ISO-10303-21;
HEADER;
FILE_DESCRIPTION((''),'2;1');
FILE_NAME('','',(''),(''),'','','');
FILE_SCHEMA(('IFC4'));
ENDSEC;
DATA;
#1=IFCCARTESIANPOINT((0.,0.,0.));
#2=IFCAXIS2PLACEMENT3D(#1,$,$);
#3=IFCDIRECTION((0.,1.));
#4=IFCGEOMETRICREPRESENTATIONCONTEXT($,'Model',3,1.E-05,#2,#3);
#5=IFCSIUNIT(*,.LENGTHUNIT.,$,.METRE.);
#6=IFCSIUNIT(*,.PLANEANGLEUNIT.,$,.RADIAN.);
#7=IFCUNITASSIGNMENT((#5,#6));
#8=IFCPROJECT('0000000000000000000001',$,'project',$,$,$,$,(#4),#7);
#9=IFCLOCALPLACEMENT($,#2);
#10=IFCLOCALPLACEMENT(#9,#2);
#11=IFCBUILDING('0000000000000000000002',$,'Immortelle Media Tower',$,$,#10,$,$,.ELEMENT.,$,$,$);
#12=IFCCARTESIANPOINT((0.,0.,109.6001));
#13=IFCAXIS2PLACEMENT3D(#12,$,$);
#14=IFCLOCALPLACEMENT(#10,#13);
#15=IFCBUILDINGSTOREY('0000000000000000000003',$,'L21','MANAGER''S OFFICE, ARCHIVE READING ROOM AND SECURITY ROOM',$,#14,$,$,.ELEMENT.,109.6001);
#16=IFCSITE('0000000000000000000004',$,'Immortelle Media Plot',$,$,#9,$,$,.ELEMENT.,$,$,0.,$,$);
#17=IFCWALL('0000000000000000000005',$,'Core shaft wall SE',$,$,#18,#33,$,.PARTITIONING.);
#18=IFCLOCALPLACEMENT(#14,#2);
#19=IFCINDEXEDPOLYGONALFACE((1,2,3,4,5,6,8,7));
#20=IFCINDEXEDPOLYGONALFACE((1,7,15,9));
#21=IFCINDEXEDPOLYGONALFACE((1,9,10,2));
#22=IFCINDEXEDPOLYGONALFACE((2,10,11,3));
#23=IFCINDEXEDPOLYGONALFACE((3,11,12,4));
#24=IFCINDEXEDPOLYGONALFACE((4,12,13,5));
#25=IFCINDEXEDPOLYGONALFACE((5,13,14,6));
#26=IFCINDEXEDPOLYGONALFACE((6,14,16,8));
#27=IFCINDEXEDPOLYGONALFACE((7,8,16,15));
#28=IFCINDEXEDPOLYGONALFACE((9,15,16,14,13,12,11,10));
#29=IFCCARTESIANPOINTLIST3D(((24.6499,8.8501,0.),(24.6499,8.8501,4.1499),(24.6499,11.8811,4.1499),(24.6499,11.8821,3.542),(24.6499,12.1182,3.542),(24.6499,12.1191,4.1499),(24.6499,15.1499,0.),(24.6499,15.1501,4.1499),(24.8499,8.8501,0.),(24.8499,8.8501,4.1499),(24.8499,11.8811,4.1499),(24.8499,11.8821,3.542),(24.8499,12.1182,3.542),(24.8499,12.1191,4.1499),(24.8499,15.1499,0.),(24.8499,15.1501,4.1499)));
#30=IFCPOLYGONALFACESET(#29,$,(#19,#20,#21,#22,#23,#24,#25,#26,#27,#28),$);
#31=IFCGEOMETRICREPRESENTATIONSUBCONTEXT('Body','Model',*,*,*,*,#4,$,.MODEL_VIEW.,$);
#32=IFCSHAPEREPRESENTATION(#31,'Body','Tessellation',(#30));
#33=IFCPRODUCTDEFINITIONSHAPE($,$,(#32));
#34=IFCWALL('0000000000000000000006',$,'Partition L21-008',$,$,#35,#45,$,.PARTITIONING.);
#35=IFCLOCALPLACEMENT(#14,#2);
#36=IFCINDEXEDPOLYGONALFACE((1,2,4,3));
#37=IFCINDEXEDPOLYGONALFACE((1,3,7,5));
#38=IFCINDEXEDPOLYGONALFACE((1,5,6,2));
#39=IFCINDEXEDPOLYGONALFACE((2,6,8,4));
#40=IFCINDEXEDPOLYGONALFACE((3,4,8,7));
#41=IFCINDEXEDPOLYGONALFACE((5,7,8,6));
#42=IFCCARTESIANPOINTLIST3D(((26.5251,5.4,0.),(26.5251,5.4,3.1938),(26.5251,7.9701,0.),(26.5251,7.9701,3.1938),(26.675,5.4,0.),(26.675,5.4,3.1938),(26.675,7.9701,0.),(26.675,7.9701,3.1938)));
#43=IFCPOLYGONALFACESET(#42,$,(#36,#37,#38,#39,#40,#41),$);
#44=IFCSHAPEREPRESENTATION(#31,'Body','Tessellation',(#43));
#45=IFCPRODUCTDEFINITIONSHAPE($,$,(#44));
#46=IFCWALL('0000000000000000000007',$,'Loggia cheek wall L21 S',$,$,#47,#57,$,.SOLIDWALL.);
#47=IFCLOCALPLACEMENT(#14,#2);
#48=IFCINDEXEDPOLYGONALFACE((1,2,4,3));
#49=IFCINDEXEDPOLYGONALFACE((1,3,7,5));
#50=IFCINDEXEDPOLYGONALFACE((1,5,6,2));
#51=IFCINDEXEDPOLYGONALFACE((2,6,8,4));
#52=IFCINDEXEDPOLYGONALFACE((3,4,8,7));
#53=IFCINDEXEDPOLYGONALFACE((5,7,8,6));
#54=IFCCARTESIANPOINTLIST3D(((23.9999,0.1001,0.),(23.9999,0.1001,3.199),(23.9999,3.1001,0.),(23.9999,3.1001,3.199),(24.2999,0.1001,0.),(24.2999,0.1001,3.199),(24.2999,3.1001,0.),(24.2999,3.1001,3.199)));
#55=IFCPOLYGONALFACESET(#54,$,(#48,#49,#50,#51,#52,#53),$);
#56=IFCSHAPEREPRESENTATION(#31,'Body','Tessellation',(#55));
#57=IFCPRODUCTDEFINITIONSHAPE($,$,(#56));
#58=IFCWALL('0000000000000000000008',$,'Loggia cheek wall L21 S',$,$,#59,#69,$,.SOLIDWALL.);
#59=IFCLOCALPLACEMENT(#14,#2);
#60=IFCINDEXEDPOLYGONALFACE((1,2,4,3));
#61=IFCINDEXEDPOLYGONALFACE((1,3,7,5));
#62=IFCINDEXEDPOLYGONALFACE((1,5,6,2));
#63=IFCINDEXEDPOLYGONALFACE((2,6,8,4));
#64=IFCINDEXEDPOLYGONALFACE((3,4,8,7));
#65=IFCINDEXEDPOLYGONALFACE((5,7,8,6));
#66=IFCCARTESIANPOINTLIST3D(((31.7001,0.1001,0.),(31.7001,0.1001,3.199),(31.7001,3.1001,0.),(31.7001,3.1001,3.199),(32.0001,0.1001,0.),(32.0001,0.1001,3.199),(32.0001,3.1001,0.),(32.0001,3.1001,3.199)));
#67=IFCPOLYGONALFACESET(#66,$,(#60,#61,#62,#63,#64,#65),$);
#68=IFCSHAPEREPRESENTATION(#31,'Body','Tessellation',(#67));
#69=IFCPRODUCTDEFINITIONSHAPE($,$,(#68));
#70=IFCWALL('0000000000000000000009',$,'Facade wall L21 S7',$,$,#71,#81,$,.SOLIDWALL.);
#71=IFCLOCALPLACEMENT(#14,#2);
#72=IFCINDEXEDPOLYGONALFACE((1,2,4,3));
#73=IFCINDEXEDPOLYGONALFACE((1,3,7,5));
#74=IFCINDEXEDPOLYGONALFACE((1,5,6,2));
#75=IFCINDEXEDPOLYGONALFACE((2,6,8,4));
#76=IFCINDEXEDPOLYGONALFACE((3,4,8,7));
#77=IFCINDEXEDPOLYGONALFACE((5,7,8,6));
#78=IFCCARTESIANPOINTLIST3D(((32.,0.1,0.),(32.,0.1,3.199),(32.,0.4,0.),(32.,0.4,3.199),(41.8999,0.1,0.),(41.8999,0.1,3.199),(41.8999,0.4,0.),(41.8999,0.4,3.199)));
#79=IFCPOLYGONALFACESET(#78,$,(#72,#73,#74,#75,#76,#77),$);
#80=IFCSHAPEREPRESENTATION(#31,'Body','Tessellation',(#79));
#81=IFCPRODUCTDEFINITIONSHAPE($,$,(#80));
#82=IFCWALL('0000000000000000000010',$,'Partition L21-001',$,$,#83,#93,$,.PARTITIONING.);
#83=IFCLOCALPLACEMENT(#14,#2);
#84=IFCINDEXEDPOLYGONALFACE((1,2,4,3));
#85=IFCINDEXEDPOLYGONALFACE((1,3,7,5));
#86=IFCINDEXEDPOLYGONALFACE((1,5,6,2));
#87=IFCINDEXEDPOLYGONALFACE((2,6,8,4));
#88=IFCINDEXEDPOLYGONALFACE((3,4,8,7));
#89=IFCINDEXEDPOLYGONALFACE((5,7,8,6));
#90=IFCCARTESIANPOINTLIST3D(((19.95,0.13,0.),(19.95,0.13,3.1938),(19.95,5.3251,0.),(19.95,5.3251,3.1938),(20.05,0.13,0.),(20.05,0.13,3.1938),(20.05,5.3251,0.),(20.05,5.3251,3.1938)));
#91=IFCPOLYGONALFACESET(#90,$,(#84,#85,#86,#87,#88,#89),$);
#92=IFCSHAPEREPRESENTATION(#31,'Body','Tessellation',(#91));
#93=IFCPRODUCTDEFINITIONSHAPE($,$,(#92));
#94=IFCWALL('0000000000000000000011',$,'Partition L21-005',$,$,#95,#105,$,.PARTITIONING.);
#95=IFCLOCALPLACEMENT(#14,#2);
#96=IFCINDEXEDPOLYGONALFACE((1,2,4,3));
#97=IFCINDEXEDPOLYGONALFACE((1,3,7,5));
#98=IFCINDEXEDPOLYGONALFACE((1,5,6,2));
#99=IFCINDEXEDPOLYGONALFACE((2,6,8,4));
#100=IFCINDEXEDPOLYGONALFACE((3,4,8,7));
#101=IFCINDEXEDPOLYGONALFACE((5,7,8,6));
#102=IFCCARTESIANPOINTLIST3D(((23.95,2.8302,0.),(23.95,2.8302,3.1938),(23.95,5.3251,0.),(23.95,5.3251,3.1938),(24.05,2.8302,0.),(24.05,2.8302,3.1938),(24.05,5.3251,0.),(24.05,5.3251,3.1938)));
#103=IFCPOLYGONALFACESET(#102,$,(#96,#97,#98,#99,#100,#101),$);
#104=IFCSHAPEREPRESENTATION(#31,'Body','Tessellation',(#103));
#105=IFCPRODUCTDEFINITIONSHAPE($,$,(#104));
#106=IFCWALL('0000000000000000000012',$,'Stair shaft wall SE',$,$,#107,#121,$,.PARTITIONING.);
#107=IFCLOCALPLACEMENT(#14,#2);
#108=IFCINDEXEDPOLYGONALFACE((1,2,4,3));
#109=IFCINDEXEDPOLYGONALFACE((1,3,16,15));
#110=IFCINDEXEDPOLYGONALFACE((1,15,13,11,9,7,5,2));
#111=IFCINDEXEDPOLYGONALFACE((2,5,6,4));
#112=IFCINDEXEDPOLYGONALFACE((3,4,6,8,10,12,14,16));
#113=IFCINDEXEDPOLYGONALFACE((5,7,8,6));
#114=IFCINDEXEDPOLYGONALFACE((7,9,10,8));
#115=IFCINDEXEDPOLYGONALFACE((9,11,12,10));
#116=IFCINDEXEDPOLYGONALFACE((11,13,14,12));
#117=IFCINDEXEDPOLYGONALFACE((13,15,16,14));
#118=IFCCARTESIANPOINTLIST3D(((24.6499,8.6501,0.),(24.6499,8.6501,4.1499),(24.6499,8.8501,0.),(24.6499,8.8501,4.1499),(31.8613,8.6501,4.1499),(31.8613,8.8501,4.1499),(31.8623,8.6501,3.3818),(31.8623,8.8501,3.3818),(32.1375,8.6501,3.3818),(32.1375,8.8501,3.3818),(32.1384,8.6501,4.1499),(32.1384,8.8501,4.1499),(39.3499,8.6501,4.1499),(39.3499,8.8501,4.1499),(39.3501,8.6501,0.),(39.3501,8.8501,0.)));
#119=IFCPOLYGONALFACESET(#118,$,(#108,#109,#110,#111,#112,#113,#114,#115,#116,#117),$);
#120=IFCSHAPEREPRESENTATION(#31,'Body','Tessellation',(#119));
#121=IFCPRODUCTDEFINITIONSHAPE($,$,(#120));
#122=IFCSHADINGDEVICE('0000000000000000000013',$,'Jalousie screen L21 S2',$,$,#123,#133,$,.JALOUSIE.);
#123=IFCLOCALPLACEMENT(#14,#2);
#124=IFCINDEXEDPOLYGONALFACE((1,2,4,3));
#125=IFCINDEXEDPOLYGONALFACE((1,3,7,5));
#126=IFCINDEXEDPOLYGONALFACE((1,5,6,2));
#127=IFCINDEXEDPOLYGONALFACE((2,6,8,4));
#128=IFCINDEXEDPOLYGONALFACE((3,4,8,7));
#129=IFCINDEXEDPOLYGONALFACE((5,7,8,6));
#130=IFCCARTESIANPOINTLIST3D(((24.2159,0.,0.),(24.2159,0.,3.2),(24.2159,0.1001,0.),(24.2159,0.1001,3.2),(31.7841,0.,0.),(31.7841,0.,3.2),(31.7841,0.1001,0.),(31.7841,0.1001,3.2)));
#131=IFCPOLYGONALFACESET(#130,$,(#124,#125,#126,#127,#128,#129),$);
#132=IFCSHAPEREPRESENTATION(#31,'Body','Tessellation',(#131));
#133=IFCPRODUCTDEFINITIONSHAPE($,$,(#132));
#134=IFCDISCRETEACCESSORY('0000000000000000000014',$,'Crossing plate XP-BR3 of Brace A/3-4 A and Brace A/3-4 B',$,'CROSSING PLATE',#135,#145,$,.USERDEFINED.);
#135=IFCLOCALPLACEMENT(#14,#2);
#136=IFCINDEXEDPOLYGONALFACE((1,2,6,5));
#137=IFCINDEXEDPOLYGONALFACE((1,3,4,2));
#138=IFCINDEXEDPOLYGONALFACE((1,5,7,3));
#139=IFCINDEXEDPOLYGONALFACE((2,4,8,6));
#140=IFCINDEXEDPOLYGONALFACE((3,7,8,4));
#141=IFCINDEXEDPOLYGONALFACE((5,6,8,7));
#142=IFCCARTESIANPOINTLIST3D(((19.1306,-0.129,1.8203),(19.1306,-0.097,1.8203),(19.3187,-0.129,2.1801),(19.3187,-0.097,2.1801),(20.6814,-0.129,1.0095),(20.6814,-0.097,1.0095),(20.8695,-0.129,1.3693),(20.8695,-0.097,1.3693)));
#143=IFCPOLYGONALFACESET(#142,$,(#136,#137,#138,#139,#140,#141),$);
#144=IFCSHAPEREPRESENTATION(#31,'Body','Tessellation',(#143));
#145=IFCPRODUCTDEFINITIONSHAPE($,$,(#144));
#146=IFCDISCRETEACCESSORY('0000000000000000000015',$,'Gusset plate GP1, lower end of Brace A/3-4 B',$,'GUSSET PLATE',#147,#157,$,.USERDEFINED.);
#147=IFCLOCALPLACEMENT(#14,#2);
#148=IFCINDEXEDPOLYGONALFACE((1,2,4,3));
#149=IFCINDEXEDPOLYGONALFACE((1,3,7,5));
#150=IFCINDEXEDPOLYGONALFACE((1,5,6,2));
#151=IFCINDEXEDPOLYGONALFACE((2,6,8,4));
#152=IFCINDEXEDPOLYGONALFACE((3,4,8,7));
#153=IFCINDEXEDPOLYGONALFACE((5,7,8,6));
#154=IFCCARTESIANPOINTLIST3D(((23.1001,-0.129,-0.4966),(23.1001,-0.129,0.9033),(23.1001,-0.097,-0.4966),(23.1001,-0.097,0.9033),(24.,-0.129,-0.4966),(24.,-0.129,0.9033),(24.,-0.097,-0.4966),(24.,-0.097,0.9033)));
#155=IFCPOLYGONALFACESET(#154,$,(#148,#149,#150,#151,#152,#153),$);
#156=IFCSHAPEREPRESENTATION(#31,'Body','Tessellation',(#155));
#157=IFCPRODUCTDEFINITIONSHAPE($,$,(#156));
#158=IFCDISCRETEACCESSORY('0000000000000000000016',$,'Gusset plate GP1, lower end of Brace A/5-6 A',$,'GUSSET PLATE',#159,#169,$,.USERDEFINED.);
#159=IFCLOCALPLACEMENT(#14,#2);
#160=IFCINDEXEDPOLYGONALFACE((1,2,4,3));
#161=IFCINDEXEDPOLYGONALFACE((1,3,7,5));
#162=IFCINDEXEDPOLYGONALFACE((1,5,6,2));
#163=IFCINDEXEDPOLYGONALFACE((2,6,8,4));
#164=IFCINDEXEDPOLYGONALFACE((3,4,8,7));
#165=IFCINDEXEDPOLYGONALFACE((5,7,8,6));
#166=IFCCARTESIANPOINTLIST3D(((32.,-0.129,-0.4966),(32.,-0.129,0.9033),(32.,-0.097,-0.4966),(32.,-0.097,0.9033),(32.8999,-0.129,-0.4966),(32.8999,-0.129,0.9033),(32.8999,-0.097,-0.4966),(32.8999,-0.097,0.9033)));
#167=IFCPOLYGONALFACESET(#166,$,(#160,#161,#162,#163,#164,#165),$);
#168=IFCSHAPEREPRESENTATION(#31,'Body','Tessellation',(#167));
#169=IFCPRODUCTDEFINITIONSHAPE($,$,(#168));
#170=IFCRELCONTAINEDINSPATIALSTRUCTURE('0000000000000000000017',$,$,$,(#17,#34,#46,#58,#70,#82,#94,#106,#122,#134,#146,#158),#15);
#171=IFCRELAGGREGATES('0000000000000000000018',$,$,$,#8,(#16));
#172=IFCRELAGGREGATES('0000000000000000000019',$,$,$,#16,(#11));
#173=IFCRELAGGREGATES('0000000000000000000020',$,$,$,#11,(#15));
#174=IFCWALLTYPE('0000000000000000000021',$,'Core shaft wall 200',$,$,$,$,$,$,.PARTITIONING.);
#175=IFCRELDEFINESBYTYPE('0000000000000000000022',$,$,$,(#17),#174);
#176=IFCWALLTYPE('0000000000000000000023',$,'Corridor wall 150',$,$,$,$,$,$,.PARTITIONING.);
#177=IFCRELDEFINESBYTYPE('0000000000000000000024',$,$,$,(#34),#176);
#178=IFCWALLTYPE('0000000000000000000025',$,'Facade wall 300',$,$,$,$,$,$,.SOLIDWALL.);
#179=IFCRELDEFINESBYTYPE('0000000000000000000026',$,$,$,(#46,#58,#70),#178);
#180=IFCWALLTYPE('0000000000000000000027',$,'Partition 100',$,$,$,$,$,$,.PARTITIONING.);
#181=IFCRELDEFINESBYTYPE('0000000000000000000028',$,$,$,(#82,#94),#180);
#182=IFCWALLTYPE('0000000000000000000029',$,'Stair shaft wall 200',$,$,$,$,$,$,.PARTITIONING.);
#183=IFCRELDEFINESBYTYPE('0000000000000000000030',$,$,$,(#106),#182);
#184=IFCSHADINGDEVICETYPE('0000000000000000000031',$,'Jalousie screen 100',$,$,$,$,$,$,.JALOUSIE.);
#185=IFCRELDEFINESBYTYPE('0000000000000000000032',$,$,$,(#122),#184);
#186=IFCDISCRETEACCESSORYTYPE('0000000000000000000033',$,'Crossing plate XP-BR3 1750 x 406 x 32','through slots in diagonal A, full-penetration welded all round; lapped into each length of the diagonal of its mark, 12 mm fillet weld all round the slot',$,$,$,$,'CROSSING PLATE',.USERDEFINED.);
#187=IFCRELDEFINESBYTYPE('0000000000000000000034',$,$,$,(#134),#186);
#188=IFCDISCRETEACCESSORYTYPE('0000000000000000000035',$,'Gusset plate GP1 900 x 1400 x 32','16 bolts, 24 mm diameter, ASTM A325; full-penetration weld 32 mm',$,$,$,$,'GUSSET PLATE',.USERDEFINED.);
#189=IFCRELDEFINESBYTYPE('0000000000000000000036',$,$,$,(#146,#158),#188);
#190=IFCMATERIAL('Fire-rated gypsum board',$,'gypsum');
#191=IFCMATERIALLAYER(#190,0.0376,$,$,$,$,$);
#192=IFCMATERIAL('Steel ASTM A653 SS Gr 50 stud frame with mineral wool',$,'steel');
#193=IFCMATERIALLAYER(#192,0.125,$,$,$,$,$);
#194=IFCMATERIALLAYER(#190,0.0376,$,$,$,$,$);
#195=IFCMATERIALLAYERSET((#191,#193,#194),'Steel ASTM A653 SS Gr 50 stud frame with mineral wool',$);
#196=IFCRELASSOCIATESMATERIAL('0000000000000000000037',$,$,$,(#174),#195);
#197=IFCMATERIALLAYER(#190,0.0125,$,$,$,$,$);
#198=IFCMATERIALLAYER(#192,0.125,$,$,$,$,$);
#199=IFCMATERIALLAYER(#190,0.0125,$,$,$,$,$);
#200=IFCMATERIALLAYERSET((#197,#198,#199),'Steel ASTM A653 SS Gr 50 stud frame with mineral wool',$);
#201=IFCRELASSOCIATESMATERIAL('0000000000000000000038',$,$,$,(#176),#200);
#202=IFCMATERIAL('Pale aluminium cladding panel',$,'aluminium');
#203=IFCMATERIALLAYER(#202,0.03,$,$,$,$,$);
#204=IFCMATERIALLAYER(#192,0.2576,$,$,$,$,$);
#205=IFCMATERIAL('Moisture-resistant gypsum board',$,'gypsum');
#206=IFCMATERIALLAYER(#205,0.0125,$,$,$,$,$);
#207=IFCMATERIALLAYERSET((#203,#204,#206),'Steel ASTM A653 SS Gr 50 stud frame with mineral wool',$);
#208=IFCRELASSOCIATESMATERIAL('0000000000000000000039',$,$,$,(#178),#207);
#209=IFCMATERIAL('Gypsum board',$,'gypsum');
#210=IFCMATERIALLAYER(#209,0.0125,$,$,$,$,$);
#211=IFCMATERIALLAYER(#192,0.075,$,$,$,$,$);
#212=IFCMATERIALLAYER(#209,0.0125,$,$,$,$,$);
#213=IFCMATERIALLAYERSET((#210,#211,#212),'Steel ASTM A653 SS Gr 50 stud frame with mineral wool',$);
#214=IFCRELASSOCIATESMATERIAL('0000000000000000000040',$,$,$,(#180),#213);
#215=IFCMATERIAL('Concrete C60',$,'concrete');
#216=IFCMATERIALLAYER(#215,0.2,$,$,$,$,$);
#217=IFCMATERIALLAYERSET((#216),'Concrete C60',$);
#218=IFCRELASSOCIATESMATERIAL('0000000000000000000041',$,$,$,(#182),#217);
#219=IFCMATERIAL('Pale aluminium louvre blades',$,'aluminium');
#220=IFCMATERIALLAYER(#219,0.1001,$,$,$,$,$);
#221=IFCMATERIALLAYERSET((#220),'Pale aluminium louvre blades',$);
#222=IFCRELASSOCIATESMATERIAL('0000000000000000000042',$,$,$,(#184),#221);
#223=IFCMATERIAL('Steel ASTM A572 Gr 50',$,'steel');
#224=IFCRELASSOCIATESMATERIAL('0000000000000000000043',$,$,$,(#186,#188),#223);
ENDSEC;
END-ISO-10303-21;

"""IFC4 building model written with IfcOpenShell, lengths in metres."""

from ifc_helpers import new_model, si_unit, direction, frame, frame_2d, origin, origin_2d, place, context, subcontext, project, spatial, polyline, rectangle, outline, extrude, material, layer, layer_set, material_profile, profile_set, type_object, element, save


model = new_model("IFC4")

# Units and contexts
model_context = context("Model", 3, precision=1e-05, world=origin(), true_north=direction((0.0, 1.0)))
body_context = subcontext(model_context, "Body", "Model", "MODEL_VIEW")
ifc_project = project(units=[si_unit("LENGTHUNIT", "METRE"), si_unit("PLANEANGLEUNIT", "RADIAN")], contexts=[model_context])

# Site, building, storey
site_placement = place(None, origin())
site = spatial("IfcSite", under=ifc_project, at=site_placement, Name="Immortelle Media Plot", CompositionType="ELEMENT", RefElevation=0.0)
building_placement = place(site_placement, origin())
building = spatial("IfcBuilding", under=site, at=building_placement, Name="Immortelle Media Tower", CompositionType="ELEMENT")
storey_placement = place(building_placement, frame((0.0, 0.0, 109.6001)))
storey = spatial("IfcBuildingStorey", under=building, at=storey_placement, Name="L21", Description="MANAGER'S OFFICE, ARCHIVE READING ROOM AND SECURITY ROOM", CompositionType="ELEMENT", Elevation=109.6001)

# Shared definitions
ifc_material_1 = material(Name="Fire-rated gypsum board", Category="gypsum")
ifc_layer_1 = layer(ifc_material_1, 0.0376)
ifc_material_2 = material(Name="Steel ASTM A653 SS Gr 50 stud frame with mineral wool", Category="steel")
ifc_layer_2 = layer(ifc_material_2, 0.125)
ifc_layer_3 = layer(ifc_material_1, 0.0376)
ifc_layer_set_1 = layer_set([ifc_layer_1, ifc_layer_2, ifc_layer_3], Name="Steel ASTM A653 SS Gr 50 stud frame with mineral wool")
wall_type_1 = type_object("IfcWallType", Name="Core shaft wall 200", PredefinedType="PARTITIONING", material=ifc_layer_set_1)

# Walls
wall_1_placement = place(storey_placement, frame((24.75, 8.8501, 0.0), z_axis=(0.0, 0.0, 1.0), x_axis=(0.0, 1.0, 0.0)))
element("IfcWall", 1, at=wall_1_placement, inside=storey, type_object=wall_type_1, Name="Core shaft wall SE", PredefinedType="PARTITIONING", context=body_context, shape_type="SweptSolid", body=[
    extrude(outline(polyline([(0.0, 0.0), (6.2998, 0.0), (6.3, 4.1499), (3.269, 4.1499), (3.2681, 3.542), (3.032, 3.542), (3.031, 4.1499), (0.0, 4.1499), (0.0, 0.0)])), frame((0.0, 0.1001, 0.0), z_axis=(0.0, -1.0, 0.0), x_axis=(1.0, 0.0, 0.0)), (0.0, 0.0, 1.0), 0.2),
])
ifc_layer_4 = layer(ifc_material_1, 0.0125)
ifc_layer_5 = layer(ifc_material_2, 0.125)
ifc_layer_6 = layer(ifc_material_1, 0.0125)
ifc_layer_set_2 = layer_set([ifc_layer_4, ifc_layer_5, ifc_layer_6], Name="Steel ASTM A653 SS Gr 50 stud frame with mineral wool")
wall_type_2 = type_object("IfcWallType", Name="Corridor wall 150", PredefinedType="PARTITIONING", material=ifc_layer_set_2)
wall_2_placement = place(storey_placement, frame((26.6001, 5.3999, 0.0), z_axis=(0.0, 0.0, 1.0), x_axis=(0.0, 1.0, 0.0)))
element("IfcWall", 2, at=wall_2_placement, inside=storey, type_object=wall_type_2, Name="Partition L21-008", PredefinedType="PARTITIONING", context=body_context, shape_type="SweptSolid", body=[
    extrude(rectangle(XDim=2.5701, YDim=0.1499, at=frame_2d((1.2852, 0.0))), origin(), (0.0, 0.0, 1.0), 3.1938),
])

# Shared definitions
ifc_material_3 = material(Name="Pale aluminium cladding panel", Category="aluminium")
ifc_layer_7 = layer(ifc_material_3, 0.03)
ifc_layer_8 = layer(ifc_material_2, 0.2576)
ifc_material_4 = material(Name="Moisture-resistant gypsum board", Category="gypsum")
ifc_layer_9 = layer(ifc_material_4, 0.0125)
ifc_layer_set_3 = layer_set([ifc_layer_7, ifc_layer_8, ifc_layer_9], Name="Steel ASTM A653 SS Gr 50 stud frame with mineral wool")
wall_type_3 = type_object("IfcWallType", Name="Facade wall 300", PredefinedType="SOLIDWALL", material=ifc_layer_set_3)

# Walls
for number, where, z_axis, x_axis, name in (
    (3, (24.1499, 0.1001, 0.0), (0.0, 0.0, 1.0), (0.0, 1.0, 0.0), "Loggia cheek wall L21 S"),
    (4, (31.8501, 0.1001, 0.0), (0.0, 0.0, 1.0), (0.0, 1.0, 0.0), "Loggia cheek wall L21 S"),
):
    element("IfcWall", number, at=place(storey_placement, frame(where, z_axis=z_axis, x_axis=x_axis)), inside=storey, type_object=wall_type_3, Name=name, PredefinedType="SOLIDWALL", context=body_context, shape_type="SweptSolid", body=[
        extrude(rectangle(XDim=3.0, YDim=0.3, at=frame_2d((1.5, 0.0))), origin(), (0.0, 0.0, 1.0), 3.199),
    ])
wall_3_placement = place(storey_placement, frame((32.0, 0.25, 0.0), z_axis=(0.0, 0.0, 1.0), x_axis=(1.0, 0.0, 0.0)))
element("IfcWall", 5, at=wall_3_placement, inside=storey, type_object=wall_type_3, Name="Facade wall L21 S7", PredefinedType="SOLIDWALL", context=body_context, shape_type="SweptSolid", body=[
    extrude(rectangle(XDim=9.8999, YDim=0.3, at=frame_2d((4.95, 0.0))), origin(), (0.0, 0.0, 1.0), 3.199),
])
ifc_material_5 = material(Name="Gypsum board", Category="gypsum")
ifc_layer_10 = layer(ifc_material_5, 0.0125)
ifc_layer_11 = layer(ifc_material_2, 0.075)
ifc_layer_12 = layer(ifc_material_5, 0.0125)
ifc_layer_set_4 = layer_set([ifc_layer_10, ifc_layer_11, ifc_layer_12], Name="Steel ASTM A653 SS Gr 50 stud frame with mineral wool")
wall_type_4 = type_object("IfcWallType", Name="Partition 100", PredefinedType="PARTITIONING", material=ifc_layer_set_4)
wall_4_placement = place(storey_placement, frame((20.0, 0.1299, 0.0), z_axis=(0.0, 0.0, 1.0), x_axis=(0.0, 1.0, 0.0)))
element("IfcWall", 6, at=wall_4_placement, inside=storey, type_object=wall_type_4, Name="Partition L21-001", PredefinedType="PARTITIONING", context=body_context, shape_type="SweptSolid", body=[
    extrude(rectangle(XDim=5.1951, YDim=0.1001, at=frame_2d((2.5977, 0.0))), origin(), (0.0, 0.0, 1.0), 3.1938),
])
wall_5_placement = place(storey_placement, frame((24.0, 2.8301, 0.0), z_axis=(0.0, 0.0, 1.0), x_axis=(0.0, 1.0, 0.0)))
element("IfcWall", 7, at=wall_5_placement, inside=storey, type_object=wall_type_4, Name="Partition L21-005", PredefinedType="PARTITIONING", context=body_context, shape_type="SweptSolid", body=[
    extrude(rectangle(XDim=2.4949, YDim=0.1001, at=frame_2d((1.2476, 0.0))), origin(), (0.0, 0.0, 1.0), 3.1938),
])
ifc_material_6 = material(Name="Concrete C60", Category="concrete")
ifc_layer_13 = layer(ifc_material_6, 0.2)
ifc_layer_set_5 = layer_set([ifc_layer_13], Name="Concrete C60")
wall_type_5 = type_object("IfcWallType", Name="Stair shaft wall 200", PredefinedType="PARTITIONING", material=ifc_layer_set_5)
wall_6_placement = place(storey_placement, frame((24.6499, 8.75, 0.0), z_axis=(0.0, 0.0, 1.0), x_axis=(1.0, 0.0, 0.0)))
element("IfcWall", 8, at=wall_6_placement, inside=storey, type_object=wall_type_5, Name="Stair shaft wall SE", PredefinedType="PARTITIONING", context=body_context, shape_type="SweptSolid", body=[
    extrude(outline(polyline([(0.0, 0.0), (14.7002, 0.0), (14.7, 4.1499), (7.4885, 4.1499), (7.4875, 3.3818), (7.2124, 3.3818), (7.2114, 4.1499), (0.0, 4.1499), (0.0, 0.0)])), frame((0.0, 0.1001, 0.0), z_axis=(0.0, -1.0, 0.0), x_axis=(1.0, 0.0, 0.0)), (0.0, 0.0, 1.0), 0.2),
])

# Shading device
ifc_material_7 = material(Name="Pale aluminium louvre blades", Category="aluminium")
ifc_layer_14 = layer(ifc_material_7, 0.1001)
ifc_layer_set_6 = layer_set([ifc_layer_14], Name="Pale aluminium louvre blades")
shading_device_type = type_object("IfcShadingDeviceType", Name="Jalousie screen 100", PredefinedType="JALOUSIE", material=ifc_layer_set_6)
shading_device_placement = place(storey_placement, frame((28.0, 0.05, 0.0), z_axis=(0.0, 0.0, 1.0), x_axis=(1.0, 0.0, 0.0)))
element("IfcShadingDevice", 9, at=shading_device_placement, inside=storey, type_object=shading_device_type, Name="Jalousie screen L21 S2", PredefinedType="JALOUSIE", context=body_context, shape_type="SweptSolid", body=[
    extrude(rectangle(XDim=7.5681, YDim=0.1001, at=origin_2d()), origin(), (0.0, 0.0, 1.0), 3.2),
])

# Discrete accessories
ifc_material_8 = material(Name="Steel ASTM A572 Gr 50", Category="steel")
ifc_material_profile_1 = material_profile(ifc_material_8, rectangle(XDim=0.032, YDim=0.406, at=origin_2d()), Name="PL 32 x 406")
ifc_profile_set_1 = profile_set([ifc_material_profile_1], Name="Steel ASTM A572 Gr 50")
discrete_accessory_type_1 = type_object("IfcDiscreteAccessoryType", Name="Crossing plate XP-BR3 1750 x 406 x 32", Description="through slots in diagonal A, full-penetration welded all round; lapped into each length of the diagonal of its mark, 12 mm fillet weld all round the slot", ElementType="CROSSING PLATE", PredefinedType="USERDEFINED", material=ifc_profile_set_1)
discrete_accessory_placement = place(storey_placement, frame((19.2246, -0.113, 2.0002), z_axis=(0.886189, 0.0, -0.463324), x_axis=(0.0, 1.0, 0.0)))
element("IfcDiscreteAccessory", 10, at=discrete_accessory_placement, inside=storey, type_object=discrete_accessory_type_1, Name="Crossing plate XP-BR3 of Brace A/3-4 A and Brace A/3-4 B", ObjectType="CROSSING PLATE", PredefinedType="USERDEFINED", context=body_context, shape_type="SweptSolid", body=[
    extrude(rectangle(XDim=0.032, YDim=0.406, at=origin_2d()), origin(), (0.0, 0.0, 1.0), 1.75),
])
ifc_material_profile_2 = material_profile(ifc_material_8, rectangle(XDim=0.032, YDim=1.3999, at=origin_2d()), Name="PL 32 x 1400")
ifc_profile_set_2 = profile_set([ifc_material_profile_2], Name="Steel ASTM A572 Gr 50")
discrete_accessory_type_2 = type_object("IfcDiscreteAccessoryType", Name="Gusset plate GP1 900 x 1400 x 32", Description="16 bolts, 24 mm diameter, ASTM A325; full-penetration weld 32 mm", ElementType="GUSSET PLATE", PredefinedType="USERDEFINED", material=ifc_profile_set_2)
for number, where, z_axis, x_axis, name in (
    (11, (24.0, -0.113, 0.2034), (-1.0, 0.0, 0.0), (0.0, -1.0, 0.0), "Gusset plate GP1, lower end of Brace A/3-4 B"),
    (12, (32.0, -0.113, 0.2034), (1.0, 0.0, 0.0), (0.0, 1.0, 0.0), "Gusset plate GP1, lower end of Brace A/5-6 A"),
):
    element("IfcDiscreteAccessory", number, at=place(storey_placement, frame(where, z_axis=z_axis, x_axis=x_axis)), inside=storey, type_object=discrete_accessory_type_2, Name=name, ObjectType="GUSSET PLATE", PredefinedType="USERDEFINED", context=body_context, shape_type="SweptSolid", body=[
        extrude(rectangle(XDim=0.032, YDim=1.3999, at=origin_2d()), origin(), (0.0, 0.0, 1.0), 0.8999),
    ])

save(model, "model.ifc")
